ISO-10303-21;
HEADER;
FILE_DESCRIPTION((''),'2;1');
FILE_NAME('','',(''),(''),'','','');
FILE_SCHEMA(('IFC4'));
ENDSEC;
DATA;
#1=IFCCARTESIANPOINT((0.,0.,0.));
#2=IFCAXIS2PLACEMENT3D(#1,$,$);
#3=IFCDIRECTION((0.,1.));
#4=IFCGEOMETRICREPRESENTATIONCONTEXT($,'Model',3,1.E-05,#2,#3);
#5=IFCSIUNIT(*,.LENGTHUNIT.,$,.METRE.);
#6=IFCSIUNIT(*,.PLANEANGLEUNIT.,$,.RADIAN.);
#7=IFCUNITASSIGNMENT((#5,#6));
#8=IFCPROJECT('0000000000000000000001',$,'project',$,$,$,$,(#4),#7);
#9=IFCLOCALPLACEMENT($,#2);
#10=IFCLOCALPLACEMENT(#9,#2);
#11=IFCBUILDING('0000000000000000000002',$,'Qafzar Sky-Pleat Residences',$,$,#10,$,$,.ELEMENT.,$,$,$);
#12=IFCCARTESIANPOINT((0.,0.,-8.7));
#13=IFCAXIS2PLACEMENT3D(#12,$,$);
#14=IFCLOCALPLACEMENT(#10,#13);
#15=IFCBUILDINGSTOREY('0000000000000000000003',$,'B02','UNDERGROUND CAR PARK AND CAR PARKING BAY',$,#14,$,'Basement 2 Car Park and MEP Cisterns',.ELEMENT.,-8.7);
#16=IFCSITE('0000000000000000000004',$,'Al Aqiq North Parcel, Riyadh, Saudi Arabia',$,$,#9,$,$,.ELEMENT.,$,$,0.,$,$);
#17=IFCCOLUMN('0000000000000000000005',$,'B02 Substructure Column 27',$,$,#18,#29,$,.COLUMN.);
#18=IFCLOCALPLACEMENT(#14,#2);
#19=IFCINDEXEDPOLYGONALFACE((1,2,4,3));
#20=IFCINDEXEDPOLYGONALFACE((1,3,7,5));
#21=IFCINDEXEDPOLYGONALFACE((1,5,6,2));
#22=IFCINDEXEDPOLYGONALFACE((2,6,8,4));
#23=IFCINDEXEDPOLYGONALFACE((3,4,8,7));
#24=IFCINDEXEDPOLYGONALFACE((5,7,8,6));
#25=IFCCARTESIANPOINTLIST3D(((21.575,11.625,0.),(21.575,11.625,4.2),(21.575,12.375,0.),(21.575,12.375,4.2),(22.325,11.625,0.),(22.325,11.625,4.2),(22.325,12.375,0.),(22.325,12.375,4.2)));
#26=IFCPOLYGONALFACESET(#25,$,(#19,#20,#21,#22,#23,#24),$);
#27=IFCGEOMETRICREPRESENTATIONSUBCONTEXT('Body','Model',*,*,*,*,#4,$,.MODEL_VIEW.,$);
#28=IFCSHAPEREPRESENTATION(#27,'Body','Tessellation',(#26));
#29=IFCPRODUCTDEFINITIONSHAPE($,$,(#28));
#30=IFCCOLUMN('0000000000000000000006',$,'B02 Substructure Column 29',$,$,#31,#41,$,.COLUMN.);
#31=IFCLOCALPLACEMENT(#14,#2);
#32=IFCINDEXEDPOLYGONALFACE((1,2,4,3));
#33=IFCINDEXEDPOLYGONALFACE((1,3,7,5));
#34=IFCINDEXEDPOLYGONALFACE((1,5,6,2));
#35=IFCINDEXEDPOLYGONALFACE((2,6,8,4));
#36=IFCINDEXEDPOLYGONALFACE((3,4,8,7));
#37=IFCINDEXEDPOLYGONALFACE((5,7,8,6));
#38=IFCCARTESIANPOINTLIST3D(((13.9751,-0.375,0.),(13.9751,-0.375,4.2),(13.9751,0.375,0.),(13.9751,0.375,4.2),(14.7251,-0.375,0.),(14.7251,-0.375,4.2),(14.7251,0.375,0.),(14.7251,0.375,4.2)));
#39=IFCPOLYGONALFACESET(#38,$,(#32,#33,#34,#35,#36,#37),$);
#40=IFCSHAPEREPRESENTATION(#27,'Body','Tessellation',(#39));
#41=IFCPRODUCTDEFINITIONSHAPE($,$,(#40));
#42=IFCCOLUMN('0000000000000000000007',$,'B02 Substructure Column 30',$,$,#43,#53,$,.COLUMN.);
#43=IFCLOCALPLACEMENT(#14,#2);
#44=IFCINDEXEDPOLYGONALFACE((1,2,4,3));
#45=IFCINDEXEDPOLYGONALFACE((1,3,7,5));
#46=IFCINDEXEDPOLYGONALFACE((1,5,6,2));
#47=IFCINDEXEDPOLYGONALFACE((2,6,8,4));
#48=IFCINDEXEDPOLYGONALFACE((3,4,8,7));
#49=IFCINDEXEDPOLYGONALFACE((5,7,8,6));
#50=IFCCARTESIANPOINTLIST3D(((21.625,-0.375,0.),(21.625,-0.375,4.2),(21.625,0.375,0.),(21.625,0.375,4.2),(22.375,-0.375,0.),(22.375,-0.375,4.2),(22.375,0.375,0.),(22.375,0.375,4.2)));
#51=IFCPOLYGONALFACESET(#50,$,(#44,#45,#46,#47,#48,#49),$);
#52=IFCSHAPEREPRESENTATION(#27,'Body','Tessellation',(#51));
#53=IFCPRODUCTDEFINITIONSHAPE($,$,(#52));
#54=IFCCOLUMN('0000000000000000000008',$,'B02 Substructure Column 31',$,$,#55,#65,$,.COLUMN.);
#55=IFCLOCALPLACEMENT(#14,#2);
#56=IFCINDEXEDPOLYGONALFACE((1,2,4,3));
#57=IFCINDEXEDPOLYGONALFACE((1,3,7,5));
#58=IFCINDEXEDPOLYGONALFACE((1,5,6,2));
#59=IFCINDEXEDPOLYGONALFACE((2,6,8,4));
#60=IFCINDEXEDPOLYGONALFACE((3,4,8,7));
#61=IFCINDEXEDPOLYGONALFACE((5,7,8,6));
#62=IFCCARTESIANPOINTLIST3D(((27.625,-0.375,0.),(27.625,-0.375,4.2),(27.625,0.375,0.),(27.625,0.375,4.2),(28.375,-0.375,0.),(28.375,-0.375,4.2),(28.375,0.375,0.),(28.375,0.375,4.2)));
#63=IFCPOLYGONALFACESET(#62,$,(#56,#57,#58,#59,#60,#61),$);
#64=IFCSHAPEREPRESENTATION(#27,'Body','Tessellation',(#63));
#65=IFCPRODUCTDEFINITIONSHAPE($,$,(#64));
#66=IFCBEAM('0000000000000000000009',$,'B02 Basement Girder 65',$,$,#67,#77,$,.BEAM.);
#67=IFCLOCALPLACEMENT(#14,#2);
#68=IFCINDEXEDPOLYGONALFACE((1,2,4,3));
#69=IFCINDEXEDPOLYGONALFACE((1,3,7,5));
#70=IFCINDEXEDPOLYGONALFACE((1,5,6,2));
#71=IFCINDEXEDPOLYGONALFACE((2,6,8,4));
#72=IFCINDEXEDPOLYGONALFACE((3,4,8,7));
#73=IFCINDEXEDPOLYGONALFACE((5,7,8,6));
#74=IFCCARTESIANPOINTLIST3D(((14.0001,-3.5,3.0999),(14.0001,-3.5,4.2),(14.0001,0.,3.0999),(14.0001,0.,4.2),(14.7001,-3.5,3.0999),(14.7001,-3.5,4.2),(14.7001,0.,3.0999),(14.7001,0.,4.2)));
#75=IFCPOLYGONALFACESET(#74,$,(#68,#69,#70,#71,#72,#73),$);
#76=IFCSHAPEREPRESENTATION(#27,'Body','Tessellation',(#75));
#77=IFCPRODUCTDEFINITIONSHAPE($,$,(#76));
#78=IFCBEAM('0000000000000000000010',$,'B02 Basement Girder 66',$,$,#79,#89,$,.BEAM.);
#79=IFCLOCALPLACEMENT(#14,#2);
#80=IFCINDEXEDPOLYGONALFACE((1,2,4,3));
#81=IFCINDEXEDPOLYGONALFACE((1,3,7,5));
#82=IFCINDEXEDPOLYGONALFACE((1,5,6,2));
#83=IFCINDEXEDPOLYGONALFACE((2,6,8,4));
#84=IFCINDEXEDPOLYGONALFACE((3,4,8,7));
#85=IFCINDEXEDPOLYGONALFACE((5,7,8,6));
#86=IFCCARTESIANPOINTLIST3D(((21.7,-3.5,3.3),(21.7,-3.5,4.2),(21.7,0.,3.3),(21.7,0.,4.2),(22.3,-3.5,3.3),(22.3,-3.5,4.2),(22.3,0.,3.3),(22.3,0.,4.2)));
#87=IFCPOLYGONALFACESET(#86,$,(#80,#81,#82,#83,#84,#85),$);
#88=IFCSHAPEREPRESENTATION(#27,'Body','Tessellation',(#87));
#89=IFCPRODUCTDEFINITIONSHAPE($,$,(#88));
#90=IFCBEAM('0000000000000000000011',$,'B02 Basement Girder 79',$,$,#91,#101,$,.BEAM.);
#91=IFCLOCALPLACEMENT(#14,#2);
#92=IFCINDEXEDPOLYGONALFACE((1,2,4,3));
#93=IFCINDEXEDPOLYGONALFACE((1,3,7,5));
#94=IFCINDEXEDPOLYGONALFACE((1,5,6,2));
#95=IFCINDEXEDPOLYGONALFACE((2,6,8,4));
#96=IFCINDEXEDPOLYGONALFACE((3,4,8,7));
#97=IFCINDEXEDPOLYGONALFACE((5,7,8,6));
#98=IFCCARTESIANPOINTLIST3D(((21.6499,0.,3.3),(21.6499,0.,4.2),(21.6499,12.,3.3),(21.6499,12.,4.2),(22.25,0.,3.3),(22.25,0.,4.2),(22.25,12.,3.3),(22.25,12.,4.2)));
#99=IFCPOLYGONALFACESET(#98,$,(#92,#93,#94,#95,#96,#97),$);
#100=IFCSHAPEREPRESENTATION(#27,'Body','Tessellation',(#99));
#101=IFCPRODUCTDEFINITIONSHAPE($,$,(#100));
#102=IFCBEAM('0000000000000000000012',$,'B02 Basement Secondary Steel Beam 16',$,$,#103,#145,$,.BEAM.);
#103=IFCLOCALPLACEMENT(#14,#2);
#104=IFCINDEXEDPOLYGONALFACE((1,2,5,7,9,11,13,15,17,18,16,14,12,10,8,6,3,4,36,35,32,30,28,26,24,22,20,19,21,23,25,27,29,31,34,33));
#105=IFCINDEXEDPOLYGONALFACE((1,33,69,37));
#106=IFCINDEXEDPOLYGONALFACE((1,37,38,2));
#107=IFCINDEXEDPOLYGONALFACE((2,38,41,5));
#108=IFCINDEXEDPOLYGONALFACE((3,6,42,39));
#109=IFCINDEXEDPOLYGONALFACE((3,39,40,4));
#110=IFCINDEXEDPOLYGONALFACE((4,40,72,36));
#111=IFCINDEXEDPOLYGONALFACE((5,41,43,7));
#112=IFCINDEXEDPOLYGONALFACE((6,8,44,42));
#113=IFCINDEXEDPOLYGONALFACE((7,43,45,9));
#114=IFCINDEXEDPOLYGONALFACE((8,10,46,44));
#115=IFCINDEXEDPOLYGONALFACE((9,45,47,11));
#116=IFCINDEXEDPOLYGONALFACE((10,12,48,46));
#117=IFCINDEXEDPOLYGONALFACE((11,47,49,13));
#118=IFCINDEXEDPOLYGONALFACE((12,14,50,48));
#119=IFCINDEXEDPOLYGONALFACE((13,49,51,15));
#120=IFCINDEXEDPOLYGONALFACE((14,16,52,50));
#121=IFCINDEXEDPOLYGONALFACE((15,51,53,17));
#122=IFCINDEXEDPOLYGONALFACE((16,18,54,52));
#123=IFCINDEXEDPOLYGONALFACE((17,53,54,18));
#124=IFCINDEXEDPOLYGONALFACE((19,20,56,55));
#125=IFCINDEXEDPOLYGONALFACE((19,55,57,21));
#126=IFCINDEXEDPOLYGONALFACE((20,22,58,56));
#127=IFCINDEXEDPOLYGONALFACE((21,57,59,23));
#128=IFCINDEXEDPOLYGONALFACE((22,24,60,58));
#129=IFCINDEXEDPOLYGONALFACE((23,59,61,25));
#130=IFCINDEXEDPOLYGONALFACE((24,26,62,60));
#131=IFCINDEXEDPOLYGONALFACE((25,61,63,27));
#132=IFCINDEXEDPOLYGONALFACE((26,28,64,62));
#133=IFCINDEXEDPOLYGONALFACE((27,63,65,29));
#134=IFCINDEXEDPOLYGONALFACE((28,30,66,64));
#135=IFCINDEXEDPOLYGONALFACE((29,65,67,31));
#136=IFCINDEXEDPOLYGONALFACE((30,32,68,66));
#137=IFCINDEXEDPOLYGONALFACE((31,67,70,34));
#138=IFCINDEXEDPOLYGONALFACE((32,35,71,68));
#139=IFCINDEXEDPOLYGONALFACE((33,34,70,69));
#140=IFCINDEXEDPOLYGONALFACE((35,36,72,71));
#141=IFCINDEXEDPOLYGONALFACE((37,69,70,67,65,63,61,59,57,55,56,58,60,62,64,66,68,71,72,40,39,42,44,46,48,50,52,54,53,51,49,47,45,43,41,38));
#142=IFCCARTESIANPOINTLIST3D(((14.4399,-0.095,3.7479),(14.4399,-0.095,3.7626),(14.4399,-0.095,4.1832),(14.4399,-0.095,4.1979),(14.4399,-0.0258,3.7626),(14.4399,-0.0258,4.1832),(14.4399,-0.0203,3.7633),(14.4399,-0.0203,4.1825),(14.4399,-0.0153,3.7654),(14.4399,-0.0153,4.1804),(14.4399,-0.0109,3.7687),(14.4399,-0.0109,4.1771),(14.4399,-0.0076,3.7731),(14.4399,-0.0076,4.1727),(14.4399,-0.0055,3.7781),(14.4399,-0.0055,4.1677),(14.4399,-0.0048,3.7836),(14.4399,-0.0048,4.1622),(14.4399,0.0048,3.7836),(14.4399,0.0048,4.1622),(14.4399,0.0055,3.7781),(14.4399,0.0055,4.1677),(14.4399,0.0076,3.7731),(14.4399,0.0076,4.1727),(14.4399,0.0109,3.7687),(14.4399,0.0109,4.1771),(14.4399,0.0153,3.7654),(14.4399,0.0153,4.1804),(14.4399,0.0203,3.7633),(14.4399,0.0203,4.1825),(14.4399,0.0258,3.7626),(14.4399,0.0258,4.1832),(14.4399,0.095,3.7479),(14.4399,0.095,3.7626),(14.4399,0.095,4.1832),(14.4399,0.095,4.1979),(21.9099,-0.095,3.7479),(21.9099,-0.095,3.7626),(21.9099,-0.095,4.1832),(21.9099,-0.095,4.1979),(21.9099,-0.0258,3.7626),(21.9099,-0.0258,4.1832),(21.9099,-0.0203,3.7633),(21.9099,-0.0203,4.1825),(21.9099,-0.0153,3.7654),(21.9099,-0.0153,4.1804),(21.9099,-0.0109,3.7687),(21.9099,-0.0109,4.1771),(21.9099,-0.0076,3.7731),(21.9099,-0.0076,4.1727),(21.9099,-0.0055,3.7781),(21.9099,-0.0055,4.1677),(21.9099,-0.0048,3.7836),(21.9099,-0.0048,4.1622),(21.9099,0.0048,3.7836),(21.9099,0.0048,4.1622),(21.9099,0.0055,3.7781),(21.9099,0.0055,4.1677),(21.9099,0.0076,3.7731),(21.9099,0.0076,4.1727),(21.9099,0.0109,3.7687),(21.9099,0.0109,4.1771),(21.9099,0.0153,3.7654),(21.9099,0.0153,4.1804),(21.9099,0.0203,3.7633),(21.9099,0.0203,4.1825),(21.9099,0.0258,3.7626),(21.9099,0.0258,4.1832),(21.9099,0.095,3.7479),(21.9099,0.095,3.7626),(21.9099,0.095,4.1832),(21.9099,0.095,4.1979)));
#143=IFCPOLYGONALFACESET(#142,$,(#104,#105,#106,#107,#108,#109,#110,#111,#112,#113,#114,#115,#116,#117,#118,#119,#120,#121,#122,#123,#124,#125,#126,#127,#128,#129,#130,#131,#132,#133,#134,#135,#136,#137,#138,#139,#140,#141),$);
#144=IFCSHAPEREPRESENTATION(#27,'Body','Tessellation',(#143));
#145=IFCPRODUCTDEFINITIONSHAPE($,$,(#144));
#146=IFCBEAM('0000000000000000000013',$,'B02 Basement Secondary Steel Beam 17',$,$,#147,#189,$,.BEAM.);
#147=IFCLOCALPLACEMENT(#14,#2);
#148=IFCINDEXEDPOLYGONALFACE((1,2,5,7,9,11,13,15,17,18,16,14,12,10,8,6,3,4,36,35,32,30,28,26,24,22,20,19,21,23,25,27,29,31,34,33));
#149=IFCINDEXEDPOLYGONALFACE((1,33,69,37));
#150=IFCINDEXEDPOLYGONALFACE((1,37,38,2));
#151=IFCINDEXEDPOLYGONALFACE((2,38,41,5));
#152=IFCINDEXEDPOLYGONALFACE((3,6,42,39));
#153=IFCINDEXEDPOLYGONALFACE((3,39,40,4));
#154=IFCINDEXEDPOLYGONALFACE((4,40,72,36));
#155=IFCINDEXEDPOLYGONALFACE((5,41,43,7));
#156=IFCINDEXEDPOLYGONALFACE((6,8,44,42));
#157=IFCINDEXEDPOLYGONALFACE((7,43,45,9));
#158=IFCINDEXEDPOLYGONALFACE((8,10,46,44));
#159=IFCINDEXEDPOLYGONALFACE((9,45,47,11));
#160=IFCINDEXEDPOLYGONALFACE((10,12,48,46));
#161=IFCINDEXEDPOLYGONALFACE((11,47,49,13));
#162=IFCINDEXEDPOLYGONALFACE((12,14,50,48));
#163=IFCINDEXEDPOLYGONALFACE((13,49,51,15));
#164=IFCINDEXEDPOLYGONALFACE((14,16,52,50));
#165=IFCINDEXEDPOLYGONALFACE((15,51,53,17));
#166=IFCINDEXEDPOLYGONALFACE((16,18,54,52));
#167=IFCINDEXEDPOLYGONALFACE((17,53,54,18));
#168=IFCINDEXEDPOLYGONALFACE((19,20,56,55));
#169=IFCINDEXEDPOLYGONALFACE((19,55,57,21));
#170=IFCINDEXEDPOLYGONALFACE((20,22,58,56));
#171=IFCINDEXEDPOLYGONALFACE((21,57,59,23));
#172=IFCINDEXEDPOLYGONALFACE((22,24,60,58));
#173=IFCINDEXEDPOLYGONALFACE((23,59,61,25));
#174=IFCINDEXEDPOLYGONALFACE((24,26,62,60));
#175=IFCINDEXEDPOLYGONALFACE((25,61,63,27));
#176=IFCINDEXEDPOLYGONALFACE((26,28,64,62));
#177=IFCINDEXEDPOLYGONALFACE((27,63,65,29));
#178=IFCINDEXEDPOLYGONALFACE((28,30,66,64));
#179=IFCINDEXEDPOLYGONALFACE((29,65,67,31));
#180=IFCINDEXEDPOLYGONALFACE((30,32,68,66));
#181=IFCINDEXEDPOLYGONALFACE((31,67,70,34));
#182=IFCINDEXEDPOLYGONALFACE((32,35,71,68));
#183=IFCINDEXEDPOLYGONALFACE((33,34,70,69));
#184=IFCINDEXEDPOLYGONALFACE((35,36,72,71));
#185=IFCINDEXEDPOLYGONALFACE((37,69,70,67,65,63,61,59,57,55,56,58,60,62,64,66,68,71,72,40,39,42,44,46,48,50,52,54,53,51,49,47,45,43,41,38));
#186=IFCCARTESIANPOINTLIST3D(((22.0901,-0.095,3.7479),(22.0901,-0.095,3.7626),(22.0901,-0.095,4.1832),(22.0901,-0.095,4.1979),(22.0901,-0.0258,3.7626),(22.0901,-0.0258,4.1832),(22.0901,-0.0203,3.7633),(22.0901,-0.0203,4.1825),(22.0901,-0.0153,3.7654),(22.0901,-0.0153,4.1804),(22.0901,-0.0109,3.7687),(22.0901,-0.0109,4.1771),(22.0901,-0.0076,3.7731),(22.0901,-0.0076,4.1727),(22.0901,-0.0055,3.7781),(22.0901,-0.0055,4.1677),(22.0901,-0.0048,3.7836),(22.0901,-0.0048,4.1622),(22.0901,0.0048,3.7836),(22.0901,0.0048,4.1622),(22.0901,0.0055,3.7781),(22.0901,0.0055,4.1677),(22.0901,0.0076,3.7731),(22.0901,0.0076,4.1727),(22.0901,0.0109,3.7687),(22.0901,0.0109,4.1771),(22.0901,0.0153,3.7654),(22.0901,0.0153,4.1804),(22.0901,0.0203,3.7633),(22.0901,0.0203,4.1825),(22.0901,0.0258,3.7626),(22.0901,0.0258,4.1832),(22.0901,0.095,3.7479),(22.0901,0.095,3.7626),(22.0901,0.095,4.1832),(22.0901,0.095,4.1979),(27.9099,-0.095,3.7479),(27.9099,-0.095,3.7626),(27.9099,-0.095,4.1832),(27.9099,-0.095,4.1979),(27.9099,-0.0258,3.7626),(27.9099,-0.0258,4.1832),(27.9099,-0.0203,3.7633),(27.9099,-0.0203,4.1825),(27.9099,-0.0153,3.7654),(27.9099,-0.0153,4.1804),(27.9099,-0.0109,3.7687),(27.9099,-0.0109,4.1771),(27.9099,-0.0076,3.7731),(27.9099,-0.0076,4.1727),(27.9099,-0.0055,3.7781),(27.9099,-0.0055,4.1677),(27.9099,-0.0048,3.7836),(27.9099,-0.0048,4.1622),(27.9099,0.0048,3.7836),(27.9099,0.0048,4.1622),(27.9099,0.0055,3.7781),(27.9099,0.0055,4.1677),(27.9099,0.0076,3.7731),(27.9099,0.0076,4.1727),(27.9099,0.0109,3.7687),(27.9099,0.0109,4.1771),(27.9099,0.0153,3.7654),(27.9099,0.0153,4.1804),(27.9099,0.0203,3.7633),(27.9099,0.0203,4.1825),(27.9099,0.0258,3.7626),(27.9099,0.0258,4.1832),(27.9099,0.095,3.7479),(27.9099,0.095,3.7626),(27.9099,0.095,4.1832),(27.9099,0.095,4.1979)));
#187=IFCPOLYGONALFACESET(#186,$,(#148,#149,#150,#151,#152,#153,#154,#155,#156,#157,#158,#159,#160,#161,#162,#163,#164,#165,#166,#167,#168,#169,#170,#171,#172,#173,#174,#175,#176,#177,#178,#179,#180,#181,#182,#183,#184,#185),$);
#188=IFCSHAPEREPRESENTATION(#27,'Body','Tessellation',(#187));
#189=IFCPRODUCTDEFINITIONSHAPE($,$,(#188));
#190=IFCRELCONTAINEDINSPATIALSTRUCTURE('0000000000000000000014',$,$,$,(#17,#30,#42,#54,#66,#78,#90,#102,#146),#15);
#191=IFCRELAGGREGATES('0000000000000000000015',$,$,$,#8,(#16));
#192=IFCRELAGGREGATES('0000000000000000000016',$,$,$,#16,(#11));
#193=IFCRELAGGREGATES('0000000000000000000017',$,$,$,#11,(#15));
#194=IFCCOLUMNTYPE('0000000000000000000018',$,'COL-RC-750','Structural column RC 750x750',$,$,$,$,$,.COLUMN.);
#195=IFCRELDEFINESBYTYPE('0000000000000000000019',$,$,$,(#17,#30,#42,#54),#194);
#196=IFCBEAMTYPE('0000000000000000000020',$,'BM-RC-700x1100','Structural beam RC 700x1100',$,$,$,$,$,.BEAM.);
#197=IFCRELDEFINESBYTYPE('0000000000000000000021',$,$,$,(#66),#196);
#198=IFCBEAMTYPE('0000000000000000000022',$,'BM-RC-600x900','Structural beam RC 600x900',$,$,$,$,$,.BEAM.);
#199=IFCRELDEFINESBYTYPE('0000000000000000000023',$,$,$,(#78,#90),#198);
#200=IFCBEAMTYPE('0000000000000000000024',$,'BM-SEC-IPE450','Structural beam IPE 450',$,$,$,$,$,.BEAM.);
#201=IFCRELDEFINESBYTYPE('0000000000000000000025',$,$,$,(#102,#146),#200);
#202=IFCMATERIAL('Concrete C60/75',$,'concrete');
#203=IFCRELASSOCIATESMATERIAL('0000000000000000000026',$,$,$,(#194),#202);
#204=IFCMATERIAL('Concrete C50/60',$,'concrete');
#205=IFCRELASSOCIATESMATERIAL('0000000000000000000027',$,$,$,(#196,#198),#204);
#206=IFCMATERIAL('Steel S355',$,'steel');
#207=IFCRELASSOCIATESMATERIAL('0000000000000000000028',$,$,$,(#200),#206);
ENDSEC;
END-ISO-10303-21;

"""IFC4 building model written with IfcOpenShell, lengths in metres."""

from ifc_helpers import new_model, si_unit, direction, frame, origin, origin_2d, place, context, subcontext, project, spatial, rectangle, i_section, extrude, source, transform, mapped, material, material_profile, profile_set, type_object, element, save


model = new_model("IFC4")

# Units and contexts
model_context = context("Model", 3, precision=1e-05, world=origin(), true_north=direction((0.0, 1.0)))
body_context = subcontext(model_context, "Body", "Model", "MODEL_VIEW")
ifc_project = project(units=[si_unit("LENGTHUNIT", "METRE"), si_unit("PLANEANGLEUNIT", "RADIAN")], contexts=[model_context])

# Site, building, storey
site_placement = place(None, origin())
site = spatial("IfcSite", under=ifc_project, at=site_placement, Name="Al Aqiq North Parcel, Riyadh, Saudi Arabia", CompositionType="ELEMENT", RefElevation=0.0)
building_placement = place(site_placement, origin())
building = spatial("IfcBuilding", under=site, at=building_placement, Name="Qafzar Sky-Pleat Residences", CompositionType="ELEMENT")
storey_placement = place(building_placement, frame((0.0, 0.0, -8.7)))
storey = spatial("IfcBuildingStorey", under=building, at=storey_placement, Name="B02", Description="UNDERGROUND CAR PARK AND CAR PARKING BAY", LongName="Basement 2 Car Park and MEP Cisterns", CompositionType="ELEMENT", Elevation=-8.7)

# Shared definitions
ifc_material_1 = material(Name="Concrete C50/60", Category="concrete")

# Columns
ifc_material_2 = material(Name="Concrete C60/75", Category="concrete")
ifc_material_profile_1 = material_profile(ifc_material_2, rectangle(XDim=0.75, YDim=0.75, at=origin_2d()), Name="RC 750x750")
ifc_profile_set_1 = profile_set([ifc_material_profile_1], Name="Concrete C60/75")
column_type_1 = type_object("IfcColumnType", Name="COL-RC-750", Description="Structural column RC 750x750", PredefinedType="COLUMN", material=ifc_profile_set_1)
shared_shape_1 = source(origin(), body_context, "Body", "SweptSolid", [
    extrude(rectangle(XDim=0.75, YDim=0.75, at=origin_2d()), origin(), (0.0, 0.0, 1.0), 4.2),
])
for number, where, z_axis, x_axis, name in (
    (1, (21.95, 12.0, 0.0), (0.0, 0.0, 1.0), (1.0, 0.0, 0.0), "B02 Substructure Column 27"),
    (2, (14.3501, 0.0, 0.0), (0.0, 0.0, 1.0), (1.0, 0.0, 0.0), "B02 Substructure Column 29"),
    (3, (22.0, 0.0, 0.0), (0.0, 0.0, 1.0), (1.0, 0.0, 0.0), "B02 Substructure Column 30"),
    (4, (28.0, 0.0, 0.0), (0.0, 0.0, 1.0), (1.0, 0.0, 0.0), "B02 Substructure Column 31"),
):
    element("IfcColumn", number, at=place(storey_placement, frame(where, z_axis=z_axis, x_axis=x_axis)), inside=storey, type_object=column_type_1, Name=name, PredefinedType="COLUMN", context=body_context, shape_type="MappedRepresentation", body=[
        mapped(shared_shape_1, transform((0.0, 0.0, 0.0), x_axis=(1.0, 0.0, 0.0), y_axis=(0.0, 1.0, 0.0), z_axis=(0.0, 0.0, 1.0), scale=1.0)),
    ])

# Beams
ifc_material_profile_2 = material_profile(ifc_material_1, rectangle(XDim=0.7, YDim=1.1001, at=origin_2d()), Name="RC 700x1100")
ifc_profile_set_2 = profile_set([ifc_material_profile_2], Name="Concrete C50/60")
beam_type_1 = type_object("IfcBeamType", Name="BM-RC-700x1100", Description="Structural beam RC 700x1100", PredefinedType="BEAM", material=ifc_profile_set_2)
shared_shape_2 = source(origin(), body_context, "Body", "SweptSolid", [
    extrude(rectangle(XDim=0.7, YDim=1.1001, at=origin_2d()), origin(), (0.0, 0.0, 1.0), 3.5),
])
beam_1_placement = place(storey_placement, frame((14.3501, -3.5, 3.6499), z_axis=(0.0, 1.0, 0.0), x_axis=(-1.0, 0.0, 0.0)))
element("IfcBeam", 5, at=beam_1_placement, inside=storey, type_object=beam_type_1, Name="B02 Basement Girder 65", PredefinedType="BEAM", context=body_context, shape_type="MappedRepresentation", body=[
    mapped(shared_shape_2, transform((0.0, 0.0, 0.0), x_axis=(1.0, 0.0, 0.0), y_axis=(0.0, 1.0, 0.0), z_axis=(0.0, 0.0, 1.0), scale=1.0)),
])
ifc_material_profile_3 = material_profile(ifc_material_1, rectangle(XDim=0.6001, YDim=0.8999, at=origin_2d()), Name="RC 600x900")
ifc_profile_set_3 = profile_set([ifc_material_profile_3], Name="Concrete C50/60")
beam_type_2 = type_object("IfcBeamType", Name="BM-RC-600x900", Description="Structural beam RC 600x900", PredefinedType="BEAM", material=ifc_profile_set_3)
shared_shape_3 = source(origin(), body_context, "Body", "SweptSolid", [
    extrude(rectangle(XDim=0.6001, YDim=0.8999, at=origin_2d()), origin(), (0.0, 0.0, 1.0), 3.5),
])
beam_2_placement = place(storey_placement, frame((22.0, -3.5, 3.75), z_axis=(0.0, 1.0, 0.0), x_axis=(-1.0, 0.0, 0.0)))
element("IfcBeam", 6, at=beam_2_placement, inside=storey, type_object=beam_type_2, Name="B02 Basement Girder 66", PredefinedType="BEAM", context=body_context, shape_type="MappedRepresentation", body=[
    mapped(shared_shape_3, transform((0.0, 0.0, 0.0), x_axis=(1.0, 0.0, 0.0), y_axis=(0.0, 1.0, 0.0), z_axis=(0.0, 0.0, 1.0), scale=1.0)),
])
shared_shape_4 = source(origin(), body_context, "Body", "SweptSolid", [
    extrude(rectangle(XDim=0.6001, YDim=0.8999, at=origin_2d()), origin(), (0.0, 0.0, 1.0), 12.0),
])
beam_3_placement = place(storey_placement, frame((21.95, 0.0, 3.75), z_axis=(0.0, 1.0, 0.0), x_axis=(-1.0, 0.0, 0.0)))
element("IfcBeam", 7, at=beam_3_placement, inside=storey, type_object=beam_type_2, Name="B02 Basement Girder 79", PredefinedType="BEAM", context=body_context, shape_type="MappedRepresentation", body=[
    mapped(shared_shape_4, transform((0.0, 0.0, 0.0), x_axis=(1.0, 0.0, 0.0), y_axis=(0.0, 1.0, 0.0), z_axis=(0.0, 0.0, 1.0), scale=1.0)),
])
ifc_material_3 = material(Name="Steel S355", Category="steel")
ifc_material_profile_4 = material_profile(ifc_material_3, i_section(OverallWidth=0.1899, OverallDepth=0.45, WebThickness=0.0095, FlangeThickness=0.0146, FilletRadius=0.021, at=origin_2d()), Name="IPE 450")
ifc_profile_set_4 = profile_set([ifc_material_profile_4], Name="Steel S355")
beam_type_3 = type_object("IfcBeamType", Name="BM-SEC-IPE450", Description="Structural beam IPE 450", PredefinedType="BEAM", material=ifc_profile_set_4)
shared_shape_5 = source(origin(), body_context, "Body", "SweptSolid", [
    extrude(i_section(OverallWidth=0.1899, OverallDepth=0.45, WebThickness=0.0095, FlangeThickness=0.0146, FilletRadius=0.021, at=origin_2d()), origin(), (0.0, 0.0, 1.0), 7.47),
])
beam_4_placement = place(storey_placement, frame((14.4399, 0.0, 3.9729), z_axis=(1.0, 0.0, 0.0), x_axis=(0.0, 1.0, 0.0)))
element("IfcBeam", 8, at=beam_4_placement, inside=storey, type_object=beam_type_3, Name="B02 Basement Secondary Steel Beam 16", PredefinedType="BEAM", context=body_context, shape_type="MappedRepresentation", body=[
    mapped(shared_shape_5, transform((0.0, 0.0, 0.0), x_axis=(1.0, 0.0, 0.0), y_axis=(0.0, 1.0, 0.0), z_axis=(0.0, 0.0, 1.0), scale=1.0)),
])
shared_shape_6 = source(origin(), body_context, "Body", "SweptSolid", [
    extrude(i_section(OverallWidth=0.1899, OverallDepth=0.45, WebThickness=0.0095, FlangeThickness=0.0146, FilletRadius=0.021, at=origin_2d()), origin(), (0.0, 0.0, 1.0), 5.8198),
])
beam_5_placement = place(storey_placement, frame((22.0901, 0.0, 3.9729), z_axis=(1.0, 0.0, 0.0), x_axis=(0.0, 1.0, 0.0)))
element("IfcBeam", 9, at=beam_5_placement, inside=storey, type_object=beam_type_3, Name="B02 Basement Secondary Steel Beam 17", PredefinedType="BEAM", context=body_context, shape_type="MappedRepresentation", body=[
    mapped(shared_shape_6, transform((0.0, 0.0, 0.0), x_axis=(1.0, 0.0, 0.0), y_axis=(0.0, 1.0, 0.0), z_axis=(0.0, 0.0, 1.0), scale=1.0)),
])

save(model, "model.ifc")
